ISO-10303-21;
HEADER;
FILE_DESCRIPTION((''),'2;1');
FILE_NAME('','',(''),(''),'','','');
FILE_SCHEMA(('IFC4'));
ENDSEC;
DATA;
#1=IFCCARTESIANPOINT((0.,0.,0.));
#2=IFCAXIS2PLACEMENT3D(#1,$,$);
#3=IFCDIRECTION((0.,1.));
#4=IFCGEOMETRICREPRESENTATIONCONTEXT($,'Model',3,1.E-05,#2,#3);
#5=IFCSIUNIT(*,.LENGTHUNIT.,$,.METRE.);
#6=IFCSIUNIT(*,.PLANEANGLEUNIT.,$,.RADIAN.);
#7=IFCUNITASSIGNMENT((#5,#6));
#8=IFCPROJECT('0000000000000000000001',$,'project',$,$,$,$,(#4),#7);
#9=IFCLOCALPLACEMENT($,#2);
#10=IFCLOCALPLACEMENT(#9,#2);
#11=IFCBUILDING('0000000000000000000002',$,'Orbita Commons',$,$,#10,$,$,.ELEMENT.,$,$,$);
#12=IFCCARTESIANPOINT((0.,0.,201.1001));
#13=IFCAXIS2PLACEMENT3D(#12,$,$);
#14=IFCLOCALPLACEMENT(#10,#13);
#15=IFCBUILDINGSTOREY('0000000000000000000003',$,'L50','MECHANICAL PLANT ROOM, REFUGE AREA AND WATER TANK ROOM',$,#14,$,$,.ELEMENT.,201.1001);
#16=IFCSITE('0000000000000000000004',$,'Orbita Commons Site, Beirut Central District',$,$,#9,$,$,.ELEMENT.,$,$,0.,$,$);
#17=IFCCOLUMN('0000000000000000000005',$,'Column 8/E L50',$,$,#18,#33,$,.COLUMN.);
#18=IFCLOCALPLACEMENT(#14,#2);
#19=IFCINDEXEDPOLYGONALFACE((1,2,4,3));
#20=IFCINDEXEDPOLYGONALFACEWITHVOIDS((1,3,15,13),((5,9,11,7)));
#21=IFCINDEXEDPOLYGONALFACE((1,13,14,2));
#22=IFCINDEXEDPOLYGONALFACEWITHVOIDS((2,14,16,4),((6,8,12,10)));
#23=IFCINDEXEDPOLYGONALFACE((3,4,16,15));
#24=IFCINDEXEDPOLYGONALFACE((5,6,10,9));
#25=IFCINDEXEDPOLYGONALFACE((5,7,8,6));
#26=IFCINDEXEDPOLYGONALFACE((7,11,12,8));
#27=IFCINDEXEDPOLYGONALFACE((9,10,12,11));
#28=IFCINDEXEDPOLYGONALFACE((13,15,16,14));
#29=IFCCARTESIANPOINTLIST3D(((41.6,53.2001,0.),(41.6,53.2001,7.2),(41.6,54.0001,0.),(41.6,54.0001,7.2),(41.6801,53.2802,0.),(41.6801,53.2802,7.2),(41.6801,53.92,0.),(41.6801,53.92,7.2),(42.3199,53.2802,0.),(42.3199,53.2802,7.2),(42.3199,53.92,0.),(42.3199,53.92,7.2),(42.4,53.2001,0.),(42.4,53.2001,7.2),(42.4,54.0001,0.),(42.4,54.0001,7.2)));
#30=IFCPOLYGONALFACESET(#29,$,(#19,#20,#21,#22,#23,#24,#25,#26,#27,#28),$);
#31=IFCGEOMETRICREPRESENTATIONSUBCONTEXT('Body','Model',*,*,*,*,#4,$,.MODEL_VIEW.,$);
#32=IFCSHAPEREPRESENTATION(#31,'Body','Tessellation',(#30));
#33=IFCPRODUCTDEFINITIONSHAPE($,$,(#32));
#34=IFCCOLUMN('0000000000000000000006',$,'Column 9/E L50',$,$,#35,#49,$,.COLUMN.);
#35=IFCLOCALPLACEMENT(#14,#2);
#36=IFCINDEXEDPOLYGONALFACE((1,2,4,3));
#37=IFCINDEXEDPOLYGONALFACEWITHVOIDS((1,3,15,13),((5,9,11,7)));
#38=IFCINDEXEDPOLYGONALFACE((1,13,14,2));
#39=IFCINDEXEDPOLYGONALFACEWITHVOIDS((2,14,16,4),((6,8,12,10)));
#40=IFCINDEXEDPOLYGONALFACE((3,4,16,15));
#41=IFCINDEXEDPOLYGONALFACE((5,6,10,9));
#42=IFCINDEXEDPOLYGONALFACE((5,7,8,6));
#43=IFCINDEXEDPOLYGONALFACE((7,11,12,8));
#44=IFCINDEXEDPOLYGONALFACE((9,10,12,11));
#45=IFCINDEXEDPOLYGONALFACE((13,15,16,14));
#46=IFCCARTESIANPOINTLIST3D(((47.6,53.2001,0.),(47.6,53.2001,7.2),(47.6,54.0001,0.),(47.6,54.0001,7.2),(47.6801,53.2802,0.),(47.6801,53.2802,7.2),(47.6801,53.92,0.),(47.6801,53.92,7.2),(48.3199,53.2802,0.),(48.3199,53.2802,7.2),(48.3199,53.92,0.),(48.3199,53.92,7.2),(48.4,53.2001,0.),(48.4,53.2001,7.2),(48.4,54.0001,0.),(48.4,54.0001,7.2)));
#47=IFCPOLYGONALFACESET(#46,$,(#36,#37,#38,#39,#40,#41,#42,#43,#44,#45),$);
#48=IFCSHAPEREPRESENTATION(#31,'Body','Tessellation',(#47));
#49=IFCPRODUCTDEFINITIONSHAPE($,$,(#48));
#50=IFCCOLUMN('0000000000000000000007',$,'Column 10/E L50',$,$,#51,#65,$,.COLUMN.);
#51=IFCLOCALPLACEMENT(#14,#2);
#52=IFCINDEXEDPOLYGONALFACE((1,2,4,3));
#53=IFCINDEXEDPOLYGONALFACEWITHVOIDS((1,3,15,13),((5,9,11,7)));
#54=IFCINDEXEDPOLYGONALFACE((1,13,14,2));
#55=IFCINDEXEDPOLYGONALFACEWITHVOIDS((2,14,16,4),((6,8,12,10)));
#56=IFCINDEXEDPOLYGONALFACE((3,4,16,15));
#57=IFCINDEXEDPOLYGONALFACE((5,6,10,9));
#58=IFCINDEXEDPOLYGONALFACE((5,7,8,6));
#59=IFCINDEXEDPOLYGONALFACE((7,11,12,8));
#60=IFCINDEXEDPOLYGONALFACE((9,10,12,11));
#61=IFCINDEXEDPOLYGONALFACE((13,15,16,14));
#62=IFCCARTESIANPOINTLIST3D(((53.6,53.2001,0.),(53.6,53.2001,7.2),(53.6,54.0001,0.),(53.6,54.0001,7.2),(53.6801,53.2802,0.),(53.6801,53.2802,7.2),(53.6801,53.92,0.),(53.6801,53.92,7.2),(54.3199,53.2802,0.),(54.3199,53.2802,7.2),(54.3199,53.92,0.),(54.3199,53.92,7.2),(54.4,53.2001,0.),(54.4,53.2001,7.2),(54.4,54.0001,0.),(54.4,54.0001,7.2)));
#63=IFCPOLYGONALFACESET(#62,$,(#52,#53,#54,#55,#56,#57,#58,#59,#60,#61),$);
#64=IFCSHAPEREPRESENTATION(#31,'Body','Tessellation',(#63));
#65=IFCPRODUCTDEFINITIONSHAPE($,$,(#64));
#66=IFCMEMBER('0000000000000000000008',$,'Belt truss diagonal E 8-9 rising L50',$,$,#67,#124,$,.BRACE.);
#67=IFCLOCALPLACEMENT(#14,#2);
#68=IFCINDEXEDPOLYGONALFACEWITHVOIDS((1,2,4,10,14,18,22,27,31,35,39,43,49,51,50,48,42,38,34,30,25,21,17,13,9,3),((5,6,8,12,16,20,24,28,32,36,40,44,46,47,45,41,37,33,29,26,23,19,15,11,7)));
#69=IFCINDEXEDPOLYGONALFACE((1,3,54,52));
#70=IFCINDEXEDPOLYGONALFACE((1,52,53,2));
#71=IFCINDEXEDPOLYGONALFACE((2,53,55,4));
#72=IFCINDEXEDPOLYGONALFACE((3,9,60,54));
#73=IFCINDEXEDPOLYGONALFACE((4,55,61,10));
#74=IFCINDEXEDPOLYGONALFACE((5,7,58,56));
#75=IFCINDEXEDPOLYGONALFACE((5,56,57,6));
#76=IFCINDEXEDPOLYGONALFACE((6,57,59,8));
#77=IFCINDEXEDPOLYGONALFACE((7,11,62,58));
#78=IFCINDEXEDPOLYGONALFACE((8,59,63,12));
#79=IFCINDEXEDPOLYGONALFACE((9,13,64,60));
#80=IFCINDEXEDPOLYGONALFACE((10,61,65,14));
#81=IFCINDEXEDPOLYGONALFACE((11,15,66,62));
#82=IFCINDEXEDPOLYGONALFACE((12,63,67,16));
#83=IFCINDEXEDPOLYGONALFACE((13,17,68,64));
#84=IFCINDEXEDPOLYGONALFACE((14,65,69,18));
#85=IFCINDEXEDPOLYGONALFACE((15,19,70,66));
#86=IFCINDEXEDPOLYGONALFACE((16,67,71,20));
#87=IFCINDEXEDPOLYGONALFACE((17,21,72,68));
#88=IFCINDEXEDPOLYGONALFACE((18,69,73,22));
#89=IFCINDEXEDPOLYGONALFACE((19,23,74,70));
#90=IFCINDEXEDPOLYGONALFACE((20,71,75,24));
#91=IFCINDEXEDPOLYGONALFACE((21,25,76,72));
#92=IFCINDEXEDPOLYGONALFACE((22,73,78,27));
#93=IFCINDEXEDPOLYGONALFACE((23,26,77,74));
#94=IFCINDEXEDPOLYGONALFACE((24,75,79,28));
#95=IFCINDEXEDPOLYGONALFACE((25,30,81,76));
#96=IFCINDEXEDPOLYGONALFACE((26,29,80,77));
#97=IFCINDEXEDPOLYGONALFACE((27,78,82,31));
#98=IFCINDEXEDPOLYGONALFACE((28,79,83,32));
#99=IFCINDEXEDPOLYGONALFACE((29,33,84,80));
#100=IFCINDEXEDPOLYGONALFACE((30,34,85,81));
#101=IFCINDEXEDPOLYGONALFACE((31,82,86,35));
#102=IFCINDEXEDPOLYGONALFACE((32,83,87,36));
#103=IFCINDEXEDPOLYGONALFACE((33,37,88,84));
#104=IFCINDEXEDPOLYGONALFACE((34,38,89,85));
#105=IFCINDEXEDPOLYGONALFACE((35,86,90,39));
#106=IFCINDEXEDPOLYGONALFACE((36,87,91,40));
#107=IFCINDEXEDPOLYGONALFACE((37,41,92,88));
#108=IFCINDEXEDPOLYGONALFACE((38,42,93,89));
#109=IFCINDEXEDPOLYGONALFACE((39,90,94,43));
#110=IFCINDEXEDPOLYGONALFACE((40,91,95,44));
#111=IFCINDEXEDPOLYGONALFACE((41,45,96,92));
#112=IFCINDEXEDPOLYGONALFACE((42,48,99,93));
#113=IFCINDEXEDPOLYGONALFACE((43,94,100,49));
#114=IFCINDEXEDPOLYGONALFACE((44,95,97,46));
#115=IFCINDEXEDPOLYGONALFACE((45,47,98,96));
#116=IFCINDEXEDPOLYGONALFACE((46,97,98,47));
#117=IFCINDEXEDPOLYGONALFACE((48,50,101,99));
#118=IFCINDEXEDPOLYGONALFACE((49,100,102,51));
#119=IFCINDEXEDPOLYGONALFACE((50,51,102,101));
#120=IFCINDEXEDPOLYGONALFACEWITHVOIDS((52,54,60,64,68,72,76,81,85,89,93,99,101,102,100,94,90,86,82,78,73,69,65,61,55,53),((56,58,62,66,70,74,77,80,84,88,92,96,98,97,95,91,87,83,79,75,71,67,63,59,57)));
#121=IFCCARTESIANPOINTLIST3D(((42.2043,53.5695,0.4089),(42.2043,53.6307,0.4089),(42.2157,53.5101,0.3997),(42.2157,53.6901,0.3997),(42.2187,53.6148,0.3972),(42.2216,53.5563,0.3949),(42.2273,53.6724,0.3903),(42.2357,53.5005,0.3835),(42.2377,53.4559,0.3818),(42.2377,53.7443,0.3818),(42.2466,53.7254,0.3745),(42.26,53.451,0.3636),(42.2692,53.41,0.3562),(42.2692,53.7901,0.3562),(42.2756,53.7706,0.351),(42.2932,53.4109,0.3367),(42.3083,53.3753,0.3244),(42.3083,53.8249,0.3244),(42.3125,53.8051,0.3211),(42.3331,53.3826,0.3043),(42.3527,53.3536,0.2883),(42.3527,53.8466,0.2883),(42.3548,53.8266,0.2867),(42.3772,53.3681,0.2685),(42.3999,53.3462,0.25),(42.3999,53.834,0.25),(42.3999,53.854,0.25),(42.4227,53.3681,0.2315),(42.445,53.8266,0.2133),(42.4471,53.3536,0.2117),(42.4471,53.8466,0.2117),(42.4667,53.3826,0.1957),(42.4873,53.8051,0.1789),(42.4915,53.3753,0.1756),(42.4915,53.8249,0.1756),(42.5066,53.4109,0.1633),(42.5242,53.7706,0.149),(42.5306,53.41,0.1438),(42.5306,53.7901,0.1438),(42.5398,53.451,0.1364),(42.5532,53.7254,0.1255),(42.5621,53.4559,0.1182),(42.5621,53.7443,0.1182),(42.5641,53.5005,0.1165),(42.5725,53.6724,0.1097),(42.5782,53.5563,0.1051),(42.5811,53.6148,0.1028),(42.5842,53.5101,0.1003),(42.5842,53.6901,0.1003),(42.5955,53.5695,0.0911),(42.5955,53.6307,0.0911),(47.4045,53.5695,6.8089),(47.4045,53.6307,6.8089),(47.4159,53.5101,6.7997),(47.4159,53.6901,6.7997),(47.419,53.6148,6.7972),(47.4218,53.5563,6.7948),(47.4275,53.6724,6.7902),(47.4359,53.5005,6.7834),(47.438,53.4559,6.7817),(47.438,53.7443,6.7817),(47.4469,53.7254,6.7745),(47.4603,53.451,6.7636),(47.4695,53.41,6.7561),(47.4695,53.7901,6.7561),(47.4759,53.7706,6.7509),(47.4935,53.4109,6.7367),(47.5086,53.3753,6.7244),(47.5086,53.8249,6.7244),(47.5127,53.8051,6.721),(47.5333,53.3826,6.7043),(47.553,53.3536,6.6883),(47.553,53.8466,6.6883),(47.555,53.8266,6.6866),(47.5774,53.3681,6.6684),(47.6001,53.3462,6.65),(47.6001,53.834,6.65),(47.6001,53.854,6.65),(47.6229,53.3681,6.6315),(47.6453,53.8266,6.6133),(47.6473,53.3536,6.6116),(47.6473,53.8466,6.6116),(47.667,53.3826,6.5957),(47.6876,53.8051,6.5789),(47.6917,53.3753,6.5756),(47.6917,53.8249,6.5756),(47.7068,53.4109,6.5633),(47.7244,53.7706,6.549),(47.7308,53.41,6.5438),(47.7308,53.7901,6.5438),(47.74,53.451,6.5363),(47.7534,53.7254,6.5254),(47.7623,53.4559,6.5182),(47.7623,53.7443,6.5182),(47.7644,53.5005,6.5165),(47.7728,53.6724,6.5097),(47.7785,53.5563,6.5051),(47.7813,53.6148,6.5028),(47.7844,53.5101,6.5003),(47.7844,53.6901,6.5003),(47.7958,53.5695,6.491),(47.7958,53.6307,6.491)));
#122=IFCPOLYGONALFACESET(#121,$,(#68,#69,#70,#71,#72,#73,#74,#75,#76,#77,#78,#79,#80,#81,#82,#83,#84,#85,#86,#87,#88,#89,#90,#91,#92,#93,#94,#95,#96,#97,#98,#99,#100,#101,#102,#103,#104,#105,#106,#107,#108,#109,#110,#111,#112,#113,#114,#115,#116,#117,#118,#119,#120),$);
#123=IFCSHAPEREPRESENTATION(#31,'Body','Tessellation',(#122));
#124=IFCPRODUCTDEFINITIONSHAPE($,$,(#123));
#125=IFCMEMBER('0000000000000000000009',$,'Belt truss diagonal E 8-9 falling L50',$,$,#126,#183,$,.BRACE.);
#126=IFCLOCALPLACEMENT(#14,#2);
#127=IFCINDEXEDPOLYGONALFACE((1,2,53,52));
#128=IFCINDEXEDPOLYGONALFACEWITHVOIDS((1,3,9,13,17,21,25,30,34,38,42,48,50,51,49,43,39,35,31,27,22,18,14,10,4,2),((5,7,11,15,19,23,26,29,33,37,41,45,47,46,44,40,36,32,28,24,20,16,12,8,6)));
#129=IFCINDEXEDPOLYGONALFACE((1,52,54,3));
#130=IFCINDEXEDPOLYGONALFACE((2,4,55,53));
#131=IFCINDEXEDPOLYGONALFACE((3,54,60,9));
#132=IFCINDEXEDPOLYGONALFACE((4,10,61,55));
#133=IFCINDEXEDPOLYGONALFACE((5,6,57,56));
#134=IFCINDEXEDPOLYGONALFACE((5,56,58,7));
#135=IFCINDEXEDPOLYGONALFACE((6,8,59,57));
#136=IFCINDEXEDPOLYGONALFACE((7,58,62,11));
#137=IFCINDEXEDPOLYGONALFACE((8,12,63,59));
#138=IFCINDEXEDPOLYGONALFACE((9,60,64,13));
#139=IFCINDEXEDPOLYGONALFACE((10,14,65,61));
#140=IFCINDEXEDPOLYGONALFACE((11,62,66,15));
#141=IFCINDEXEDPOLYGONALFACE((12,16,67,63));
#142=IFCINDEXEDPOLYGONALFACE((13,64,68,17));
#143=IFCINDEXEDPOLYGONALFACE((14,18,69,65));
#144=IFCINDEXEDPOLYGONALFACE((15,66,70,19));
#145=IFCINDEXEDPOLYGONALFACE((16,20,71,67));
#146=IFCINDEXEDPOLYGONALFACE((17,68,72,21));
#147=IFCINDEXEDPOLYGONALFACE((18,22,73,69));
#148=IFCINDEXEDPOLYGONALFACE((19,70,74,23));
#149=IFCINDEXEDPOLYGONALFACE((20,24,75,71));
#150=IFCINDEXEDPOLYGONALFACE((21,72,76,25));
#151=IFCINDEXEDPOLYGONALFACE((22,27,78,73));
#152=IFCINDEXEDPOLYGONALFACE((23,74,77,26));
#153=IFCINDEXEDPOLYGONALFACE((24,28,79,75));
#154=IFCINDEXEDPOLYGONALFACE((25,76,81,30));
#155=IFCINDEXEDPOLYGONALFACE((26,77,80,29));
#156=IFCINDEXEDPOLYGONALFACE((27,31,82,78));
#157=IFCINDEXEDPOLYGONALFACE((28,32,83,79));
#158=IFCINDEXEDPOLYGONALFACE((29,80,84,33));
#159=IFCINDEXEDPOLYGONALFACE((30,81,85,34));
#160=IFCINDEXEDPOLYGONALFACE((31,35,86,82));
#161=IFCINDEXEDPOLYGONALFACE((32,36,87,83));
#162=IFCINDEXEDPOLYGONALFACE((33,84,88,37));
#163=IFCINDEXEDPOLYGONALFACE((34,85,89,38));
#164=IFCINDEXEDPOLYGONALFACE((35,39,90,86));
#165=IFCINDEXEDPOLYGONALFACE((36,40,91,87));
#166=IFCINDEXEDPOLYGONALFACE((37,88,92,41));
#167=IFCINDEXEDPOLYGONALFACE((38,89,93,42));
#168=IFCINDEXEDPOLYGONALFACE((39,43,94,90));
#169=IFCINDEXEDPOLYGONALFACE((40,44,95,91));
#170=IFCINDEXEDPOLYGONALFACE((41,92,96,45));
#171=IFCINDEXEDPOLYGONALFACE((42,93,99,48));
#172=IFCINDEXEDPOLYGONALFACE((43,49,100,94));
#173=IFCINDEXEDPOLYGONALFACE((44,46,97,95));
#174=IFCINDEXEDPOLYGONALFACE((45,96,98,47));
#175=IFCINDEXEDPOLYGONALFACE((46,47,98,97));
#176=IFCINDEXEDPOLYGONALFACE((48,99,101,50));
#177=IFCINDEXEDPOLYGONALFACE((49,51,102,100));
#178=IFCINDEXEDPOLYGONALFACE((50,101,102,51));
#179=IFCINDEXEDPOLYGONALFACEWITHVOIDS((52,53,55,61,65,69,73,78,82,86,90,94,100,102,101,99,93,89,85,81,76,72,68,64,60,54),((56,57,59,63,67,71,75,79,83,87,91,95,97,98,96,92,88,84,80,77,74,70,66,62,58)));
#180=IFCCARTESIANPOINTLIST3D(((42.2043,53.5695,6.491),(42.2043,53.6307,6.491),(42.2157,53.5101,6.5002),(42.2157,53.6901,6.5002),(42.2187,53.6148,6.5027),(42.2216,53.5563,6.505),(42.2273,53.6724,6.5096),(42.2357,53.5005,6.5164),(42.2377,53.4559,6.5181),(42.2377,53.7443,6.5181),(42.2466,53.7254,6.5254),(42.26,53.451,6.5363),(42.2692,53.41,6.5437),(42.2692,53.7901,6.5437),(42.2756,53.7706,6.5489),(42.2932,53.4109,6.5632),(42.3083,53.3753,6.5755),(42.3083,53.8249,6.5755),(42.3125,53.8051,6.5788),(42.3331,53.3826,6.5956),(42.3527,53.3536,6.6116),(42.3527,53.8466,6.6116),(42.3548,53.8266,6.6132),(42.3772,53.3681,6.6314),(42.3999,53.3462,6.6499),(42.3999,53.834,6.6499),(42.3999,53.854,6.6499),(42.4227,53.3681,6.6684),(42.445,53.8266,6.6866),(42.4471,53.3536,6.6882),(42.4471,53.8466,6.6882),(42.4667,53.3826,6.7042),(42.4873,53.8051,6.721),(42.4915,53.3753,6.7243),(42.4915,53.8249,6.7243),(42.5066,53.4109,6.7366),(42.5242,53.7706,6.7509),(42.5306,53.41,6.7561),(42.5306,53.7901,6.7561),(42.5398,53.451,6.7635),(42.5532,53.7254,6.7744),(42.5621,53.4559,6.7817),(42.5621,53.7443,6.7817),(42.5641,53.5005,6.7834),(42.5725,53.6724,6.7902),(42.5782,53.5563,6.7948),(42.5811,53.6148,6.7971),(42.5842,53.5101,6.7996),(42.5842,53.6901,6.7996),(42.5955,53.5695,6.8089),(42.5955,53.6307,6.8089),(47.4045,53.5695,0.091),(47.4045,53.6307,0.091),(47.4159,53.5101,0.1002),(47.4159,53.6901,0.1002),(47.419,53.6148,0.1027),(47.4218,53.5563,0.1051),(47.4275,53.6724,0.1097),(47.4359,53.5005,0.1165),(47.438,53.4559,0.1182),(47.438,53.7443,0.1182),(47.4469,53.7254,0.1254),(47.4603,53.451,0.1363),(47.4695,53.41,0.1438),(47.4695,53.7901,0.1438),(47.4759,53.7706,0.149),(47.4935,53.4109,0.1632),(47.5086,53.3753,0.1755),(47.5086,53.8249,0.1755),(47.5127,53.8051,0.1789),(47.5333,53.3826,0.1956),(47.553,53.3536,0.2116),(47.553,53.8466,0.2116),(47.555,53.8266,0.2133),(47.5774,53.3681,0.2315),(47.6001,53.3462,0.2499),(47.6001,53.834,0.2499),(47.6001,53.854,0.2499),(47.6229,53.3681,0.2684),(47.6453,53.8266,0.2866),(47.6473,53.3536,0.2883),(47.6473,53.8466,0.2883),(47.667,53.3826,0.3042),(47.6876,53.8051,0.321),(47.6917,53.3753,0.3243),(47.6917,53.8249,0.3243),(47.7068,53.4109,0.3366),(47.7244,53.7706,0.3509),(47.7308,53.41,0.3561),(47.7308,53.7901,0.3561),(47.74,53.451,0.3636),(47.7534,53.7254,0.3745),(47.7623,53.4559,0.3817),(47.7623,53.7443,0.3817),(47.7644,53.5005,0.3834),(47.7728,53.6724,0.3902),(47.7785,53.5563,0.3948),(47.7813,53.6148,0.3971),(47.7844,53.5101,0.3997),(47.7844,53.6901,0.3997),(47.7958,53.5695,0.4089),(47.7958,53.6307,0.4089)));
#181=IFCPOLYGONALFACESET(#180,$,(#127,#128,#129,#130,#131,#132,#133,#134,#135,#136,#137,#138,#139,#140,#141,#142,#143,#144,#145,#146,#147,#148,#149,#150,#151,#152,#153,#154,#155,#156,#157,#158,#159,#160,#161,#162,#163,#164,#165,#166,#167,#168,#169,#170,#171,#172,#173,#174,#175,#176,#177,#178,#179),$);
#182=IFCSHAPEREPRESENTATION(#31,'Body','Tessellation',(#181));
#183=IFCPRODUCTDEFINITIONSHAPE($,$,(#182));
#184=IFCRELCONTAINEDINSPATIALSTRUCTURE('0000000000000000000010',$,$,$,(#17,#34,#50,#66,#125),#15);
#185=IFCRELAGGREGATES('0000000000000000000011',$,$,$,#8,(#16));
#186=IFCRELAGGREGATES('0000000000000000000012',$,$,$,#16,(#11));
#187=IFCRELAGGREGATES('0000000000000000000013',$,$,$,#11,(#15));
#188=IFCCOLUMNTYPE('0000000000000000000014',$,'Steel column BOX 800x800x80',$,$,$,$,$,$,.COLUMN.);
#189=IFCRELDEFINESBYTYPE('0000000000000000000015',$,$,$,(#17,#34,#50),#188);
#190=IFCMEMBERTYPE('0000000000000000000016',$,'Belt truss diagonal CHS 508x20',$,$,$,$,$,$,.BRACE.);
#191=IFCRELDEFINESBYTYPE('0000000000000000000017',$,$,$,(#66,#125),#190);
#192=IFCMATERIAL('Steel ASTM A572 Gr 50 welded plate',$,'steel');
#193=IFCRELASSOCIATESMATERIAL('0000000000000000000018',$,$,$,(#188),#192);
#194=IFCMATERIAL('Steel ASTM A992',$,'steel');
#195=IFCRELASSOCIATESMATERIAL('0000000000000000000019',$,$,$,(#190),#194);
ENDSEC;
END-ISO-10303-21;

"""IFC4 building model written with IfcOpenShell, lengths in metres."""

from ifc_helpers import new_model, si_unit, direction, frame, origin, origin_2d, place, context, subcontext, project, spatial, hollow_rectangle, hollow_circle, extrude, material, material_profile, profile_set, type_object, element, save


model = new_model("IFC4")

# Units and contexts
model_context = context("Model", 3, precision=1e-05, world=origin(), true_north=direction((0.0, 1.0)))
body_context = subcontext(model_context, "Body", "Model", "MODEL_VIEW")
ifc_project = project(units=[si_unit("LENGTHUNIT", "METRE"), si_unit("PLANEANGLEUNIT", "RADIAN")], contexts=[model_context])

# Site, building, storey
site_placement = place(None, origin())
site = spatial("IfcSite", under=ifc_project, at=site_placement, Name="Orbita Commons Site, Beirut Central District", CompositionType="ELEMENT", RefElevation=0.0)
building_placement = place(site_placement, origin())
building = spatial("IfcBuilding", under=site, at=building_placement, Name="Orbita Commons", CompositionType="ELEMENT")
storey_placement = place(building_placement, frame((0.0, 0.0, 201.1001)))
storey = spatial("IfcBuildingStorey", under=building, at=storey_placement, Name="L50", Description="MECHANICAL PLANT ROOM, REFUGE AREA AND WATER TANK ROOM", CompositionType="ELEMENT", Elevation=201.1001)

# Columns
ifc_material_1 = material(Name="Steel ASTM A572 Gr 50 welded plate", Category="steel")
ifc_material_profile_1 = material_profile(ifc_material_1, hollow_rectangle(XDim=0.8, YDim=0.8, WallThickness=0.0801, at=origin_2d()), Name="BOX 800x800x80")
ifc_profile_set_1 = profile_set([ifc_material_profile_1], Name="Steel ASTM A572 Gr 50 welded plate")
column_type = type_object("IfcColumnType", Name="Steel column BOX 800x800x80", PredefinedType="COLUMN", material=ifc_profile_set_1)
for number, where, z_axis, x_axis, name in (
    (1, (42.0, 53.6001, 0.0), (0.0, 0.0, 1.0), (1.0, 0.0, 0.0), "Column 8/E L50"),
    (2, (48.0, 53.6001, 0.0), (0.0, 0.0, 1.0), (1.0, 0.0, 0.0), "Column 9/E L50"),
    (3, (54.0, 53.6001, 0.0), (0.0, 0.0, 1.0), (1.0, 0.0, 0.0), "Column 10/E L50"),
):
    element("IfcColumn", number, at=place(storey_placement, frame(where, z_axis=z_axis, x_axis=x_axis)), inside=storey, type_object=column_type, Name=name, PredefinedType="COLUMN", context=body_context, shape_type="SweptSolid", body=[
        extrude(hollow_rectangle(XDim=0.8, YDim=0.8, WallThickness=0.0801, at=origin_2d()), origin(), (0.0, 0.0, 1.0), 7.2),
    ])

# Members
ifc_material_2 = material(Name="Steel ASTM A992", Category="steel")
ifc_material_profile_2 = material_profile(ifc_material_2, hollow_circle(Radius=0.2539, WallThickness=0.02, at=origin_2d()), Name="CHS 508x20")
ifc_profile_set_2 = profile_set([ifc_material_profile_2], Name="Steel ASTM A992")
member_type = type_object("IfcMemberType", Name="Belt truss diagonal CHS 508x20", PredefinedType="BRACE", material=ifc_profile_set_2)
for number, where, z_axis, x_axis, name in (
    (4, (42.3999, 53.6001, 0.25), (0.630613, 0.0, 0.776098), (0.0, 1.0, 0.0), "Belt truss diagonal E 8-9 rising L50"),
    (5, (42.3999, 53.6001, 6.6499), (0.630613, 0.0, -0.776098), (0.0, 1.0, 0.0), "Belt truss diagonal E 8-9 falling L50"),
):
    element("IfcMember", number, at=place(storey_placement, frame(where, z_axis=z_axis, x_axis=x_axis)), inside=storey, type_object=member_type, Name=name, PredefinedType="BRACE", context=body_context, shape_type="SweptSolid", body=[
        extrude(hollow_circle(Radius=0.2539, WallThickness=0.02, at=origin_2d()), origin(), (0.0, 0.0, 1.0), 8.2463),
    ])

save(model, "model.ifc")
